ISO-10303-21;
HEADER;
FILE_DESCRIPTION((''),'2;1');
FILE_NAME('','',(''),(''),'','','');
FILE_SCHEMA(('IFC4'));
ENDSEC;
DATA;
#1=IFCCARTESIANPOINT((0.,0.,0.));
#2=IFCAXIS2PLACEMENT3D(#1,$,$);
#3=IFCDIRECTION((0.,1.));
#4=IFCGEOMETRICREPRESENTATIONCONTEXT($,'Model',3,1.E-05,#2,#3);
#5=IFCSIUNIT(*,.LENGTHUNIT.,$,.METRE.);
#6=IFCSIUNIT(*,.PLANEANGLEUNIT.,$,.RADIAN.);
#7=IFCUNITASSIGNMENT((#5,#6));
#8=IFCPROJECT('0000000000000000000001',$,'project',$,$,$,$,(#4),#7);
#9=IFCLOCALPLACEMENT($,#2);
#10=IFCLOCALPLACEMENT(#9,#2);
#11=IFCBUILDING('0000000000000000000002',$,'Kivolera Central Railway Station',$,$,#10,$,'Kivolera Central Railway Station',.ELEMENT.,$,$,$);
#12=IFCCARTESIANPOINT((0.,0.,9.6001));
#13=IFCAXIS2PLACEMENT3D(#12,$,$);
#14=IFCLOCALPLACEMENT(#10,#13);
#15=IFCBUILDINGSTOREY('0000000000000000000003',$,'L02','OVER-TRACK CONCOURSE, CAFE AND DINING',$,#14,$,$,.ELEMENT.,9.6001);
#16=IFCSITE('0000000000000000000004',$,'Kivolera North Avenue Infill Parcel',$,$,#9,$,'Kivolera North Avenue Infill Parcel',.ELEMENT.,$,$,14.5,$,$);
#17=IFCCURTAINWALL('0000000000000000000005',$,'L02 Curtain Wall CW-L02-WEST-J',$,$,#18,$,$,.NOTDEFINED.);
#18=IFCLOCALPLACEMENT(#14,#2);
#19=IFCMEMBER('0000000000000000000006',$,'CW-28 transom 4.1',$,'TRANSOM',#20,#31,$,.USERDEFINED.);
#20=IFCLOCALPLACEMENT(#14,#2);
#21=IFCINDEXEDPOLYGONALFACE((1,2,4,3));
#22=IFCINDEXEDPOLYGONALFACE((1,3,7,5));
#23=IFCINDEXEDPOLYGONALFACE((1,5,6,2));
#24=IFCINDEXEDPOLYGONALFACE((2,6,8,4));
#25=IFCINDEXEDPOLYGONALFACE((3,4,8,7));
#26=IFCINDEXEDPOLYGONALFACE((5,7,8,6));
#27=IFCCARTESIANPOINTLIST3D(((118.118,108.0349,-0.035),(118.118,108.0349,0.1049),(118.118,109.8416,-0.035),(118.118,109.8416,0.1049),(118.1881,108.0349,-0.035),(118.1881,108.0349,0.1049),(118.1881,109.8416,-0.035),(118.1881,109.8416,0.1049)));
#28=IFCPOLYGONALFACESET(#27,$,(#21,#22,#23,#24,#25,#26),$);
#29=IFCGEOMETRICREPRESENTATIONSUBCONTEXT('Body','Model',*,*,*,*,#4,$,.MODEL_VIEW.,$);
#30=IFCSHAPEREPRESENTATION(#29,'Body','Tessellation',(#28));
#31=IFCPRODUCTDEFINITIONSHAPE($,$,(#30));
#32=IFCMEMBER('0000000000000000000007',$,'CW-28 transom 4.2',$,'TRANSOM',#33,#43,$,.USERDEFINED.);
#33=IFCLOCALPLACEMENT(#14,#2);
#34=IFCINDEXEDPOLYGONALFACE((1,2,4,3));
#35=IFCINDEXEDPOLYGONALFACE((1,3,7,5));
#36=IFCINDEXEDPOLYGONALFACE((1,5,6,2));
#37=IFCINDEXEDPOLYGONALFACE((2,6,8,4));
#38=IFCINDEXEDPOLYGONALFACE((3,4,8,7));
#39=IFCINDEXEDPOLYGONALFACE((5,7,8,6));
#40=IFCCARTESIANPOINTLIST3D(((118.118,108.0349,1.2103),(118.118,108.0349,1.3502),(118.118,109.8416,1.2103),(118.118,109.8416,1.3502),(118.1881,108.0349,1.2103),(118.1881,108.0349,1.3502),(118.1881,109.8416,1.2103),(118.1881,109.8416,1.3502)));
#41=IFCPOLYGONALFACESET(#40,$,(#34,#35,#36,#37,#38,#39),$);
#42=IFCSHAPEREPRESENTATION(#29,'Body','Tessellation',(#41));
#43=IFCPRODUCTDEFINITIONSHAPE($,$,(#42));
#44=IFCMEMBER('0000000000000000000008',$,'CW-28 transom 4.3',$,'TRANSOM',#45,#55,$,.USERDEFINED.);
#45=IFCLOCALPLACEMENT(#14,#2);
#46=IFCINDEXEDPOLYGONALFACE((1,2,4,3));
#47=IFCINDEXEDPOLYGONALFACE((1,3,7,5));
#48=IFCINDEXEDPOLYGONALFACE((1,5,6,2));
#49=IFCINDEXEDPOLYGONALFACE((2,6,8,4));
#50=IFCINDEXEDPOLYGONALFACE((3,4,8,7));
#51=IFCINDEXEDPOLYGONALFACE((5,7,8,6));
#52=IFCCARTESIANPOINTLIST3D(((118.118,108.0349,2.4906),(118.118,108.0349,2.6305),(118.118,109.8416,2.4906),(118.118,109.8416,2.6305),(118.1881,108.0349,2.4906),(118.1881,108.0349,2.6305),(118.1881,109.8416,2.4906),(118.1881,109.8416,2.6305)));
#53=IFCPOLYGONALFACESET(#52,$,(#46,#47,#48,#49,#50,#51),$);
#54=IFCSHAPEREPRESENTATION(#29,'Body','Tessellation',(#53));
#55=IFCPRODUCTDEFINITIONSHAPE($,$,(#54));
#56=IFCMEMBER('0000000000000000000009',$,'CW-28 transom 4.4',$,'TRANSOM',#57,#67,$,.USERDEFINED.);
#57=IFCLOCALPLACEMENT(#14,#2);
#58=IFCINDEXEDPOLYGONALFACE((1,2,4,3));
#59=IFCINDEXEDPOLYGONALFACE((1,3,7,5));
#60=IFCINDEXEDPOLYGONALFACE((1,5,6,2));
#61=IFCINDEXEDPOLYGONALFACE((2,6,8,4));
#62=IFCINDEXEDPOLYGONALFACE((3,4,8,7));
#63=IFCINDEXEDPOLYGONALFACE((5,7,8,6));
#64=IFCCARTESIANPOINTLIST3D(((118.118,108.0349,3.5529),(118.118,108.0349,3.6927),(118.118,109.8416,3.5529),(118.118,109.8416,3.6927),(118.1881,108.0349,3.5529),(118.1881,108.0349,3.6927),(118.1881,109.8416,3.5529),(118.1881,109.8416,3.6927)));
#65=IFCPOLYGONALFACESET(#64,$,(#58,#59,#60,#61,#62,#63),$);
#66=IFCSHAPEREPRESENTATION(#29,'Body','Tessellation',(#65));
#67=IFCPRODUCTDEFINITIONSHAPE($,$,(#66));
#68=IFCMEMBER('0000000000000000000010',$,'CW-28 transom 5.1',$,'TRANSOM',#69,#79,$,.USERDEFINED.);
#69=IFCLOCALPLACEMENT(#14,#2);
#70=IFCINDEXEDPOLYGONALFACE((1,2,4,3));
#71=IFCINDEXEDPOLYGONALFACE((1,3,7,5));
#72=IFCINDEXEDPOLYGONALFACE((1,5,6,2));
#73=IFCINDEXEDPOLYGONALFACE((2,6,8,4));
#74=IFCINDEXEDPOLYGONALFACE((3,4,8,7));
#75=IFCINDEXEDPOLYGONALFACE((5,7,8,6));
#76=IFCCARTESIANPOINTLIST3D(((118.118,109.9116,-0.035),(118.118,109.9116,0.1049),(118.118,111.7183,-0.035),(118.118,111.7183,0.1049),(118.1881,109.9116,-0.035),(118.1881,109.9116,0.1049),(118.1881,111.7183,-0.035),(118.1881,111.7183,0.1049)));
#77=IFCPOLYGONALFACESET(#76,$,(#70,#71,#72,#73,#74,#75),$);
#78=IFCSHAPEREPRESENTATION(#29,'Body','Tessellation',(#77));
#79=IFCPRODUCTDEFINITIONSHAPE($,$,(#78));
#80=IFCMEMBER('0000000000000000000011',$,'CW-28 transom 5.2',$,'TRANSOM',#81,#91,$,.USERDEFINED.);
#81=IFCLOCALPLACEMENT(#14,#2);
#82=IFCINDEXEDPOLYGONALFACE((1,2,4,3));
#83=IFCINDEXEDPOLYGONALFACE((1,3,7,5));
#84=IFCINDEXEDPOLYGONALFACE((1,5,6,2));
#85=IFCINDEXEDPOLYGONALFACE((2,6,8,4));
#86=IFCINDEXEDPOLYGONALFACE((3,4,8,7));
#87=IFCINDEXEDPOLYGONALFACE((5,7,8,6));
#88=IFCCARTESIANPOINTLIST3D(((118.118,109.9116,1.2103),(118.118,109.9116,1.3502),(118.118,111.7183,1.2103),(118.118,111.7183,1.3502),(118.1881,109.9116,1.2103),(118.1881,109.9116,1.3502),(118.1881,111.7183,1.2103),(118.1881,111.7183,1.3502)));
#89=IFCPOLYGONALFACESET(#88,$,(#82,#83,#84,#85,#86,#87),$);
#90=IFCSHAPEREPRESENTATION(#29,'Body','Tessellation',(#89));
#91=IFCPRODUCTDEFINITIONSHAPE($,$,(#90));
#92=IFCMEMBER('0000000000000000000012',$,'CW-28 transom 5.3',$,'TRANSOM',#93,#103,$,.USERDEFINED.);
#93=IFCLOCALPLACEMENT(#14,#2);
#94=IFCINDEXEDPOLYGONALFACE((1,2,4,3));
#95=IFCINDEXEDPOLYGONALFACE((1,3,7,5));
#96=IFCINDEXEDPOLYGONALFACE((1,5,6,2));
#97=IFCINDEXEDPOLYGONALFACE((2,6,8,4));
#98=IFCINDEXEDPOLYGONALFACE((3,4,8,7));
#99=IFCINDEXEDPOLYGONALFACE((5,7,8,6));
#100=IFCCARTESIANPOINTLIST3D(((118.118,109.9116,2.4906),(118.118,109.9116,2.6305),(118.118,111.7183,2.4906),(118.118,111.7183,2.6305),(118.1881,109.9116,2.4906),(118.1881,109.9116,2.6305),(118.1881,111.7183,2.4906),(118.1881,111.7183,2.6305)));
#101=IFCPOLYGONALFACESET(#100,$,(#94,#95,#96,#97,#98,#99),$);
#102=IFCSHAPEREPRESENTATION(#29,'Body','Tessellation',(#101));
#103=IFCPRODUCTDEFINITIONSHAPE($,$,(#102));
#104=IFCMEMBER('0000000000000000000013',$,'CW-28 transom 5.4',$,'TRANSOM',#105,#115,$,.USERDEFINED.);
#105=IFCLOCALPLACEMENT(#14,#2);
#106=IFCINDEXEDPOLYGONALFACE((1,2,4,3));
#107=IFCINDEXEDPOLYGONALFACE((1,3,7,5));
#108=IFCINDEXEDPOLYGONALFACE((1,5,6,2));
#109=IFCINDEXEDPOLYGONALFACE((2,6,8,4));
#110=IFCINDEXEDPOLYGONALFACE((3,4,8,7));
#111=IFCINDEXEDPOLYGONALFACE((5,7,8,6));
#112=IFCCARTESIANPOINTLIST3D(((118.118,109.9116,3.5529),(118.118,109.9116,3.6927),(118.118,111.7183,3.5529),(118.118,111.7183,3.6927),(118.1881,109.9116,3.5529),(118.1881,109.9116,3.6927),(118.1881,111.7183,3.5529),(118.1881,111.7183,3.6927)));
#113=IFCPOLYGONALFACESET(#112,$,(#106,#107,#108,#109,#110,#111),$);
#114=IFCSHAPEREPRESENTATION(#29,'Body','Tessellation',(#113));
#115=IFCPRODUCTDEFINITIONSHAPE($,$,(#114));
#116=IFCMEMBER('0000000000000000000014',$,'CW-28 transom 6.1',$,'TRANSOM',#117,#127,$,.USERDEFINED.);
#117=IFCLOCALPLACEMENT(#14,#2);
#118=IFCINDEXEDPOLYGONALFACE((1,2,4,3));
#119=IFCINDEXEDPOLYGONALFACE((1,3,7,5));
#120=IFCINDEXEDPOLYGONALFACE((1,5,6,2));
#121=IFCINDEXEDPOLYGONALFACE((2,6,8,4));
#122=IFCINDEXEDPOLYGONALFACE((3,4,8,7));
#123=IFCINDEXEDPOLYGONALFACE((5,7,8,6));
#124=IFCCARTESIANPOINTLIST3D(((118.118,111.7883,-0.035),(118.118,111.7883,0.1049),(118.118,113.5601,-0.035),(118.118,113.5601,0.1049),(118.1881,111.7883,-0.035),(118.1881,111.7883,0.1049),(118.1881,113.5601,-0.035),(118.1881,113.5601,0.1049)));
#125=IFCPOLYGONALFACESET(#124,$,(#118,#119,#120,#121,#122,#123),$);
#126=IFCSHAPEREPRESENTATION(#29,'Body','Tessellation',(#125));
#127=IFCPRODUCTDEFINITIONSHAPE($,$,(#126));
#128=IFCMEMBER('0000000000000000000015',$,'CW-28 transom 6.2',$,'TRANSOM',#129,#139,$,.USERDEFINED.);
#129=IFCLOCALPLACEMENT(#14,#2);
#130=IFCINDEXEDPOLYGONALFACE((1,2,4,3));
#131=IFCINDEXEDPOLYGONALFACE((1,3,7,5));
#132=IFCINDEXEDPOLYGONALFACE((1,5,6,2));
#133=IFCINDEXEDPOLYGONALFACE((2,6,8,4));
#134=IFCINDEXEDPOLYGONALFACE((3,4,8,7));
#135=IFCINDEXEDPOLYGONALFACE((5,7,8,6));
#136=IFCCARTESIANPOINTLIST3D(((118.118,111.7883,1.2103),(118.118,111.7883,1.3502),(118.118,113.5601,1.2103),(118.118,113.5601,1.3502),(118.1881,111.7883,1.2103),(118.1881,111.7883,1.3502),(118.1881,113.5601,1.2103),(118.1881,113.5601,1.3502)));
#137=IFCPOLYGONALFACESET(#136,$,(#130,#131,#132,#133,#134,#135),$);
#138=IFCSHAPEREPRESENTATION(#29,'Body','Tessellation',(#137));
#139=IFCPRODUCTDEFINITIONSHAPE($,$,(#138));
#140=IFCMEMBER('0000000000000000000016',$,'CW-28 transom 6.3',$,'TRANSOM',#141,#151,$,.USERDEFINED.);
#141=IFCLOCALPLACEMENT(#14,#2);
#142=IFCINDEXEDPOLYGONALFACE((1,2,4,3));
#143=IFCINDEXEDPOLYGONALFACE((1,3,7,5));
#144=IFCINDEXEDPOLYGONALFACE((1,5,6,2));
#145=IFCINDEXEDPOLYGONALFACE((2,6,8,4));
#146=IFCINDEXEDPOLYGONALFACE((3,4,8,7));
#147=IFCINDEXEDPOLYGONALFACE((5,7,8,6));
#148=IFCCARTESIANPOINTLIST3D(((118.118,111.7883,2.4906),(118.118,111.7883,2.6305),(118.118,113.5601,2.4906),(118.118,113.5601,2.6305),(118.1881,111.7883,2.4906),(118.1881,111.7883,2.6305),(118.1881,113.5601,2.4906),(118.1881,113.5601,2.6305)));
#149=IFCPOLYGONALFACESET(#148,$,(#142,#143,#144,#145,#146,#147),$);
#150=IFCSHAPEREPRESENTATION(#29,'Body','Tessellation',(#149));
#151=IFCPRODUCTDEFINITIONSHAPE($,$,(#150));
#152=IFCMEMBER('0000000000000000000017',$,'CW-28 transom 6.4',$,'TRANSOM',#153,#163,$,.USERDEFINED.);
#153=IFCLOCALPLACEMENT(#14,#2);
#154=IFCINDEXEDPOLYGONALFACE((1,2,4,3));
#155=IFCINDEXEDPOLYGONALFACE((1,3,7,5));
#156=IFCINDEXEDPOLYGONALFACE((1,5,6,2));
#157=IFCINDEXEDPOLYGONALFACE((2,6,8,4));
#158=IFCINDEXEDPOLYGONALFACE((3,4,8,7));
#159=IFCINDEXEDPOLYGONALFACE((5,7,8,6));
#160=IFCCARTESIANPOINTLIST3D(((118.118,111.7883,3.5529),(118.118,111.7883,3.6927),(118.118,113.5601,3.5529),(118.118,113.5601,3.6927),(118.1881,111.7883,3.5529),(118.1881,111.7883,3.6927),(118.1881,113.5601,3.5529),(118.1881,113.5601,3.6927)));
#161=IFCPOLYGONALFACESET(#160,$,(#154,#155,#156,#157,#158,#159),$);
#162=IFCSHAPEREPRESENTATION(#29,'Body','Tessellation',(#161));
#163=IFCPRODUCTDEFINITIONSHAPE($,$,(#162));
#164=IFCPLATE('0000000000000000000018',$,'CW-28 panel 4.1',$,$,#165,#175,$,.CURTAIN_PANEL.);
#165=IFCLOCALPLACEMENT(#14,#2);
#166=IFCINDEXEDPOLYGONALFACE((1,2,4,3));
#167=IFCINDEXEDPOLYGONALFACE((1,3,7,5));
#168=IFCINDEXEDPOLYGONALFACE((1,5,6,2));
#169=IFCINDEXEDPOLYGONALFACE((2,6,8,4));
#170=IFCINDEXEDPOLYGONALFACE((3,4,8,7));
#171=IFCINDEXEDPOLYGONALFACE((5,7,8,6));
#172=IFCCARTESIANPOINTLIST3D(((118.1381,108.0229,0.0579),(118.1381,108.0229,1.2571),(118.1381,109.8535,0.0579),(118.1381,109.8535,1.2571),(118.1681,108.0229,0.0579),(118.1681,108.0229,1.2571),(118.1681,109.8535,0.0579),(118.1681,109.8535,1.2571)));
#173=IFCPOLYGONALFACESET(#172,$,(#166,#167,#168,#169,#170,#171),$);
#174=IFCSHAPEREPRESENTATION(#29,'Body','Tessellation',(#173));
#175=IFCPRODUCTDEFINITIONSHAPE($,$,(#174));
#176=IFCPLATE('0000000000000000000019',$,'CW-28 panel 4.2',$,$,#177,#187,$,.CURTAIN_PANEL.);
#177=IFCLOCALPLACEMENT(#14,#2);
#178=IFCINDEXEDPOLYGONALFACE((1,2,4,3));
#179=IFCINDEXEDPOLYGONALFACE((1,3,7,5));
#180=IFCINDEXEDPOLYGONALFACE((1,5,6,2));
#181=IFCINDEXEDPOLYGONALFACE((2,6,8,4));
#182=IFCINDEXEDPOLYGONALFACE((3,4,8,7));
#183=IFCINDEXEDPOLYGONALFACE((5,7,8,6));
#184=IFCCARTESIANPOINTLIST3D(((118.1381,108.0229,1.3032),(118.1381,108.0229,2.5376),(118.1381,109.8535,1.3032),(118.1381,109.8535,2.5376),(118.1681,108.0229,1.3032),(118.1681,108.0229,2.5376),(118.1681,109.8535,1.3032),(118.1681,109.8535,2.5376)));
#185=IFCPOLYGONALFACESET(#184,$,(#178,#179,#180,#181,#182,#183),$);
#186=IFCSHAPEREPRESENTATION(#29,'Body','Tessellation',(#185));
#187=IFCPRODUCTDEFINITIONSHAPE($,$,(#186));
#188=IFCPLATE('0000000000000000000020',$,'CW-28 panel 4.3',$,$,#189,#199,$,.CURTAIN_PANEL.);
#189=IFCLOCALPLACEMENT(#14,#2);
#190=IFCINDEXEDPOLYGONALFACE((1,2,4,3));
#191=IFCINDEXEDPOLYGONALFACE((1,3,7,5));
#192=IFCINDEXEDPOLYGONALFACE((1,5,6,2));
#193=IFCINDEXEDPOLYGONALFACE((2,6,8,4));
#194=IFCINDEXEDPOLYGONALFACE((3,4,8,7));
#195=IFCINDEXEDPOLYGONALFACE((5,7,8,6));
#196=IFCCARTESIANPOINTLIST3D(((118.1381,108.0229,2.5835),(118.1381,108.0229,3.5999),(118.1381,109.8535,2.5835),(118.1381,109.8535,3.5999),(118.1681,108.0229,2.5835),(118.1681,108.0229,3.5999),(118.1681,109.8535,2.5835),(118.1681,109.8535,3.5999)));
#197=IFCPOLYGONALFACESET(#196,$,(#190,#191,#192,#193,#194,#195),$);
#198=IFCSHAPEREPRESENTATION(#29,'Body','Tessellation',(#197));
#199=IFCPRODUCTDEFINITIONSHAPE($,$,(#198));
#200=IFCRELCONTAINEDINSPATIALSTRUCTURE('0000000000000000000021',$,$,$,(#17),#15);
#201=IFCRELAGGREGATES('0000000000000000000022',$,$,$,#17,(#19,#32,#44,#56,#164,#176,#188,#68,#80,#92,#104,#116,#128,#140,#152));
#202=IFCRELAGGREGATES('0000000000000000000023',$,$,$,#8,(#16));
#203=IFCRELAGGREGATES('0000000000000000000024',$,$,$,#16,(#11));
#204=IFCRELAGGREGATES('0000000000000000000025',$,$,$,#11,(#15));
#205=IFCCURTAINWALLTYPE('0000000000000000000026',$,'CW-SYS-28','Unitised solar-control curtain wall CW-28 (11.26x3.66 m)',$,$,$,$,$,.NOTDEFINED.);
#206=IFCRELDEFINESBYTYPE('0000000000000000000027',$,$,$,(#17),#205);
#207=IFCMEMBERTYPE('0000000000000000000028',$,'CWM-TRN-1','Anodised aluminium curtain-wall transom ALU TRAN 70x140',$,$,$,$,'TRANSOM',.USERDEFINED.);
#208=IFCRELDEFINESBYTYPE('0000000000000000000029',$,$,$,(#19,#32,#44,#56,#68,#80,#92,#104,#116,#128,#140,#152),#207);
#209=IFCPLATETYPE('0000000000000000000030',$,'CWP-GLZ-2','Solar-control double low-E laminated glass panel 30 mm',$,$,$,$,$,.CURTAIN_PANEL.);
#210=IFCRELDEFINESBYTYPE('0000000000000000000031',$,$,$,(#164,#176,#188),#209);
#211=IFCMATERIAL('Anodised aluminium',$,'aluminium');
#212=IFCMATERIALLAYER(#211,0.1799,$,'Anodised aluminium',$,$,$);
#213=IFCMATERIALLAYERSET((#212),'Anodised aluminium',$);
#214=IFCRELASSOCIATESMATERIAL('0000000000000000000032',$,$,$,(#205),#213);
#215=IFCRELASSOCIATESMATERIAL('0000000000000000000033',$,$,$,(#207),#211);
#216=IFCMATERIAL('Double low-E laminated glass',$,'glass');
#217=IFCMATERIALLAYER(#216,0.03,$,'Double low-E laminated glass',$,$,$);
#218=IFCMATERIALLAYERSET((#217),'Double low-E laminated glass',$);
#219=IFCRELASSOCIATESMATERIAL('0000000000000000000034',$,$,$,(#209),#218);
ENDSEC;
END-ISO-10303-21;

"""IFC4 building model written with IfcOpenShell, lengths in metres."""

from ifc_helpers import new_model, si_unit, direction, frame, origin, origin_2d, place, context, subcontext, project, spatial, rectangle, extrude, material, layer, layer_set, material_profile, profile_set, type_object, element, aggregate, save


model = new_model("IFC4")

# Units and contexts
model_context = context("Model", 3, precision=1e-05, world=origin(), true_north=direction((0.0, 1.0)))
body_context = subcontext(model_context, "Body", "Model", "MODEL_VIEW")
ifc_project = project(units=[si_unit("LENGTHUNIT", "METRE"), si_unit("PLANEANGLEUNIT", "RADIAN")], contexts=[model_context])

# Site, building, storey
site_placement = place(None, origin())
site = spatial("IfcSite", under=ifc_project, at=site_placement, Name="Kivolera North Avenue Infill Parcel", LongName="Kivolera North Avenue Infill Parcel", CompositionType="ELEMENT", RefElevation=14.5)
building_placement = place(site_placement, origin())
building = spatial("IfcBuilding", under=site, at=building_placement, Name="Kivolera Central Railway Station", LongName="Kivolera Central Railway Station", CompositionType="ELEMENT")
storey_placement = place(building_placement, frame((0.0, 0.0, 9.6001)))
storey = spatial("IfcBuildingStorey", under=building, at=storey_placement, Name="L02", Description="OVER-TRACK CONCOURSE, CAFE AND DINING", CompositionType="ELEMENT", Elevation=9.6001)

# Shared definitions
ifc_material_1 = material(Name="Anodised aluminium", Category="aluminium")

# Curtain wall, members, plates
ifc_layer_1 = layer(ifc_material_1, 0.1799, Name="Anodised aluminium")
ifc_layer_set_1 = layer_set([ifc_layer_1], Name="Anodised aluminium")
curtain_wall_type_1 = type_object("IfcCurtainWallType", Name="CW-SYS-28", Description="Unitised solar-control curtain wall CW-28 (11.26x3.66 m)", PredefinedType="NOTDEFINED", material=ifc_layer_set_1)
curtain_wall_1_placement = place(storey_placement, origin())
curtain_wall_1 = element("IfcCurtainWall", 1, at=curtain_wall_1_placement, inside=storey, type_object=curtain_wall_type_1, Name="L02 Curtain Wall CW-L02-WEST-J", PredefinedType="NOTDEFINED")
ifc_material_profile_1 = material_profile(ifc_material_1, rectangle(XDim=0.0701, YDim=0.1399, at=origin_2d()), Name="ALU TRAN 70x140")
ifc_profile_set_1 = profile_set([ifc_material_profile_1], Name="Anodised aluminium")
member_type_1 = type_object("IfcMemberType", Name="CWM-TRN-1", Description="Anodised aluminium curtain-wall transom ALU TRAN 70x140", ElementType="TRANSOM", PredefinedType="USERDEFINED", material=ifc_profile_set_1)
member_1_placement = place(storey_placement, frame((118.1531, 108.0349, 0.0349), z_axis=(0.0, 1.0, 0.0), x_axis=(-1.0, 0.0, 0.0)))
member_1 = element("IfcMember", 2, at=member_1_placement, type_object=member_type_1, Name="CW-28 transom 4.1", ObjectType="TRANSOM", PredefinedType="USERDEFINED", context=body_context, shape_type="SweptSolid", body=[
    extrude(rectangle(XDim=0.0701, YDim=0.1399, at=origin_2d()), origin(), (0.0, 0.0, 1.0), 1.8066),
])
member_2_placement = place(storey_placement, frame((118.1531, 108.0349, 1.2803), z_axis=(0.0, 1.0, 0.0), x_axis=(-1.0, 0.0, 0.0)))
member_2 = element("IfcMember", 3, at=member_2_placement, type_object=member_type_1, Name="CW-28 transom 4.2", ObjectType="TRANSOM", PredefinedType="USERDEFINED", context=body_context, shape_type="SweptSolid", body=[
    extrude(rectangle(XDim=0.0701, YDim=0.1399, at=origin_2d()), origin(), (0.0, 0.0, 1.0), 1.8066),
])
member_3_placement = place(storey_placement, frame((118.1531, 108.0349, 2.5605), z_axis=(0.0, 1.0, 0.0), x_axis=(-1.0, 0.0, 0.0)))
member_3 = element("IfcMember", 4, at=member_3_placement, type_object=member_type_1, Name="CW-28 transom 4.3", ObjectType="TRANSOM", PredefinedType="USERDEFINED", context=body_context, shape_type="SweptSolid", body=[
    extrude(rectangle(XDim=0.0701, YDim=0.1399, at=origin_2d()), origin(), (0.0, 0.0, 1.0), 1.8066),
])
member_4_placement = place(storey_placement, frame((118.1531, 108.0349, 3.6228), z_axis=(0.0, 1.0, 0.0), x_axis=(-1.0, 0.0, 0.0)))
member_4 = element("IfcMember", 5, at=member_4_placement, type_object=member_type_1, Name="CW-28 transom 4.4", ObjectType="TRANSOM", PredefinedType="USERDEFINED", context=body_context, shape_type="SweptSolid", body=[
    extrude(rectangle(XDim=0.0701, YDim=0.1399, at=origin_2d()), origin(), (0.0, 0.0, 1.0), 1.8066),
])
member_5_placement = place(storey_placement, frame((118.1531, 109.9116, 0.0349), z_axis=(0.0, 1.0, 0.0), x_axis=(-1.0, 0.0, 0.0)))
member_5 = element("IfcMember", 6, at=member_5_placement, type_object=member_type_1, Name="CW-28 transom 5.1", ObjectType="TRANSOM", PredefinedType="USERDEFINED", context=body_context, shape_type="SweptSolid", body=[
    extrude(rectangle(XDim=0.0701, YDim=0.1399, at=origin_2d()), origin(), (0.0, 0.0, 1.0), 1.8066),
])
member_6_placement = place(storey_placement, frame((118.1531, 109.9116, 1.2803), z_axis=(0.0, 1.0, 0.0), x_axis=(-1.0, 0.0, 0.0)))
member_6 = element("IfcMember", 7, at=member_6_placement, type_object=member_type_1, Name="CW-28 transom 5.2", ObjectType="TRANSOM", PredefinedType="USERDEFINED", context=body_context, shape_type="SweptSolid", body=[
    extrude(rectangle(XDim=0.0701, YDim=0.1399, at=origin_2d()), origin(), (0.0, 0.0, 1.0), 1.8066),
])
member_7_placement = place(storey_placement, frame((118.1531, 109.9116, 2.5605), z_axis=(0.0, 1.0, 0.0), x_axis=(-1.0, 0.0, 0.0)))
member_7 = element("IfcMember", 8, at=member_7_placement, type_object=member_type_1, Name="CW-28 transom 5.3", ObjectType="TRANSOM", PredefinedType="USERDEFINED", context=body_context, shape_type="SweptSolid", body=[
    extrude(rectangle(XDim=0.0701, YDim=0.1399, at=origin_2d()), origin(), (0.0, 0.0, 1.0), 1.8066),
])
member_8_placement = place(storey_placement, frame((118.1531, 109.9116, 3.6228), z_axis=(0.0, 1.0, 0.0), x_axis=(-1.0, 0.0, 0.0)))
member_8 = element("IfcMember", 9, at=member_8_placement, type_object=member_type_1, Name="CW-28 transom 5.4", ObjectType="TRANSOM", PredefinedType="USERDEFINED", context=body_context, shape_type="SweptSolid", body=[
    extrude(rectangle(XDim=0.0701, YDim=0.1399, at=origin_2d()), origin(), (0.0, 0.0, 1.0), 1.8066),
])
member_9_placement = place(storey_placement, frame((118.1531, 111.7883, 0.0349), z_axis=(0.0, 1.0, 0.0), x_axis=(-1.0, 0.0, 0.0)))
member_9 = element("IfcMember", 10, at=member_9_placement, type_object=member_type_1, Name="CW-28 transom 6.1", ObjectType="TRANSOM", PredefinedType="USERDEFINED", context=body_context, shape_type="SweptSolid", body=[
    extrude(rectangle(XDim=0.0701, YDim=0.1399, at=origin_2d()), origin(), (0.0, 0.0, 1.0), 1.7717),
])
member_10_placement = place(storey_placement, frame((118.1531, 111.7883, 1.2803), z_axis=(0.0, 1.0, 0.0), x_axis=(-1.0, 0.0, 0.0)))
member_10 = element("IfcMember", 11, at=member_10_placement, type_object=member_type_1, Name="CW-28 transom 6.2", ObjectType="TRANSOM", PredefinedType="USERDEFINED", context=body_context, shape_type="SweptSolid", body=[
    extrude(rectangle(XDim=0.0701, YDim=0.1399, at=origin_2d()), origin(), (0.0, 0.0, 1.0), 1.7717),
])
member_11_placement = place(storey_placement, frame((118.1531, 111.7883, 2.5605), z_axis=(0.0, 1.0, 0.0), x_axis=(-1.0, 0.0, 0.0)))
member_11 = element("IfcMember", 12, at=member_11_placement, type_object=member_type_1, Name="CW-28 transom 6.3", ObjectType="TRANSOM", PredefinedType="USERDEFINED", context=body_context, shape_type="SweptSolid", body=[
    extrude(rectangle(XDim=0.0701, YDim=0.1399, at=origin_2d()), origin(), (0.0, 0.0, 1.0), 1.7717),
])
member_12_placement = place(storey_placement, frame((118.1531, 111.7883, 3.6228), z_axis=(0.0, 1.0, 0.0), x_axis=(-1.0, 0.0, 0.0)))
member_12 = element("IfcMember", 13, at=member_12_placement, type_object=member_type_1, Name="CW-28 transom 6.4", ObjectType="TRANSOM", PredefinedType="USERDEFINED", context=body_context, shape_type="SweptSolid", body=[
    extrude(rectangle(XDim=0.0701, YDim=0.1399, at=origin_2d()), origin(), (0.0, 0.0, 1.0), 1.7717),
])
ifc_material_2 = material(Name="Double low-E laminated glass", Category="glass")
ifc_layer_2 = layer(ifc_material_2, 0.03, Name="Double low-E laminated glass")
ifc_layer_set_2 = layer_set([ifc_layer_2], Name="Double low-E laminated glass")
plate_type_1 = type_object("IfcPlateType", Name="CWP-GLZ-2", Description="Solar-control double low-E laminated glass panel 30 mm", PredefinedType="CURTAIN_PANEL", material=ifc_layer_set_2)
plate_1_placement = place(storey_placement, frame((118.1531, 108.9382, 0.0579), z_axis=(0.0, 0.0, 1.0), x_axis=(0.0, 1.0, 0.0)))
plate_1 = element("IfcPlate", 14, at=plate_1_placement, type_object=plate_type_1, Name="CW-28 panel 4.1", PredefinedType="CURTAIN_PANEL", context=body_context, shape_type="SweptSolid", body=[
    extrude(rectangle(XDim=1.8306, YDim=0.03, at=origin_2d()), origin(), (0.0, 0.0, 1.0), 1.1992),
])
plate_2_placement = place(storey_placement, frame((118.1531, 108.9382, 1.3032), z_axis=(0.0, 0.0, 1.0), x_axis=(0.0, 1.0, 0.0)))
plate_2 = element("IfcPlate", 15, at=plate_2_placement, type_object=plate_type_1, Name="CW-28 panel 4.2", PredefinedType="CURTAIN_PANEL", context=body_context, shape_type="SweptSolid", body=[
    extrude(rectangle(XDim=1.8306, YDim=0.03, at=origin_2d()), origin(), (0.0, 0.0, 1.0), 1.2344),
])
plate_3_placement = place(storey_placement, frame((118.1531, 108.9382, 2.5835), z_axis=(0.0, 0.0, 1.0), x_axis=(0.0, 1.0, 0.0)))
plate_3 = element("IfcPlate", 16, at=plate_3_placement, type_object=plate_type_1, Name="CW-28 panel 4.3", PredefinedType="CURTAIN_PANEL", context=body_context, shape_type="SweptSolid", body=[
    extrude(rectangle(XDim=1.8306, YDim=0.03, at=origin_2d()), origin(), (0.0, 0.0, 1.0), 1.0164),
])
aggregate(curtain_wall_1, [member_1, member_2, member_3, member_4, plate_1, plate_2, plate_3, member_5, member_6, member_7, member_8, member_9, member_10, member_11, member_12])

save(model, "model.ifc")
